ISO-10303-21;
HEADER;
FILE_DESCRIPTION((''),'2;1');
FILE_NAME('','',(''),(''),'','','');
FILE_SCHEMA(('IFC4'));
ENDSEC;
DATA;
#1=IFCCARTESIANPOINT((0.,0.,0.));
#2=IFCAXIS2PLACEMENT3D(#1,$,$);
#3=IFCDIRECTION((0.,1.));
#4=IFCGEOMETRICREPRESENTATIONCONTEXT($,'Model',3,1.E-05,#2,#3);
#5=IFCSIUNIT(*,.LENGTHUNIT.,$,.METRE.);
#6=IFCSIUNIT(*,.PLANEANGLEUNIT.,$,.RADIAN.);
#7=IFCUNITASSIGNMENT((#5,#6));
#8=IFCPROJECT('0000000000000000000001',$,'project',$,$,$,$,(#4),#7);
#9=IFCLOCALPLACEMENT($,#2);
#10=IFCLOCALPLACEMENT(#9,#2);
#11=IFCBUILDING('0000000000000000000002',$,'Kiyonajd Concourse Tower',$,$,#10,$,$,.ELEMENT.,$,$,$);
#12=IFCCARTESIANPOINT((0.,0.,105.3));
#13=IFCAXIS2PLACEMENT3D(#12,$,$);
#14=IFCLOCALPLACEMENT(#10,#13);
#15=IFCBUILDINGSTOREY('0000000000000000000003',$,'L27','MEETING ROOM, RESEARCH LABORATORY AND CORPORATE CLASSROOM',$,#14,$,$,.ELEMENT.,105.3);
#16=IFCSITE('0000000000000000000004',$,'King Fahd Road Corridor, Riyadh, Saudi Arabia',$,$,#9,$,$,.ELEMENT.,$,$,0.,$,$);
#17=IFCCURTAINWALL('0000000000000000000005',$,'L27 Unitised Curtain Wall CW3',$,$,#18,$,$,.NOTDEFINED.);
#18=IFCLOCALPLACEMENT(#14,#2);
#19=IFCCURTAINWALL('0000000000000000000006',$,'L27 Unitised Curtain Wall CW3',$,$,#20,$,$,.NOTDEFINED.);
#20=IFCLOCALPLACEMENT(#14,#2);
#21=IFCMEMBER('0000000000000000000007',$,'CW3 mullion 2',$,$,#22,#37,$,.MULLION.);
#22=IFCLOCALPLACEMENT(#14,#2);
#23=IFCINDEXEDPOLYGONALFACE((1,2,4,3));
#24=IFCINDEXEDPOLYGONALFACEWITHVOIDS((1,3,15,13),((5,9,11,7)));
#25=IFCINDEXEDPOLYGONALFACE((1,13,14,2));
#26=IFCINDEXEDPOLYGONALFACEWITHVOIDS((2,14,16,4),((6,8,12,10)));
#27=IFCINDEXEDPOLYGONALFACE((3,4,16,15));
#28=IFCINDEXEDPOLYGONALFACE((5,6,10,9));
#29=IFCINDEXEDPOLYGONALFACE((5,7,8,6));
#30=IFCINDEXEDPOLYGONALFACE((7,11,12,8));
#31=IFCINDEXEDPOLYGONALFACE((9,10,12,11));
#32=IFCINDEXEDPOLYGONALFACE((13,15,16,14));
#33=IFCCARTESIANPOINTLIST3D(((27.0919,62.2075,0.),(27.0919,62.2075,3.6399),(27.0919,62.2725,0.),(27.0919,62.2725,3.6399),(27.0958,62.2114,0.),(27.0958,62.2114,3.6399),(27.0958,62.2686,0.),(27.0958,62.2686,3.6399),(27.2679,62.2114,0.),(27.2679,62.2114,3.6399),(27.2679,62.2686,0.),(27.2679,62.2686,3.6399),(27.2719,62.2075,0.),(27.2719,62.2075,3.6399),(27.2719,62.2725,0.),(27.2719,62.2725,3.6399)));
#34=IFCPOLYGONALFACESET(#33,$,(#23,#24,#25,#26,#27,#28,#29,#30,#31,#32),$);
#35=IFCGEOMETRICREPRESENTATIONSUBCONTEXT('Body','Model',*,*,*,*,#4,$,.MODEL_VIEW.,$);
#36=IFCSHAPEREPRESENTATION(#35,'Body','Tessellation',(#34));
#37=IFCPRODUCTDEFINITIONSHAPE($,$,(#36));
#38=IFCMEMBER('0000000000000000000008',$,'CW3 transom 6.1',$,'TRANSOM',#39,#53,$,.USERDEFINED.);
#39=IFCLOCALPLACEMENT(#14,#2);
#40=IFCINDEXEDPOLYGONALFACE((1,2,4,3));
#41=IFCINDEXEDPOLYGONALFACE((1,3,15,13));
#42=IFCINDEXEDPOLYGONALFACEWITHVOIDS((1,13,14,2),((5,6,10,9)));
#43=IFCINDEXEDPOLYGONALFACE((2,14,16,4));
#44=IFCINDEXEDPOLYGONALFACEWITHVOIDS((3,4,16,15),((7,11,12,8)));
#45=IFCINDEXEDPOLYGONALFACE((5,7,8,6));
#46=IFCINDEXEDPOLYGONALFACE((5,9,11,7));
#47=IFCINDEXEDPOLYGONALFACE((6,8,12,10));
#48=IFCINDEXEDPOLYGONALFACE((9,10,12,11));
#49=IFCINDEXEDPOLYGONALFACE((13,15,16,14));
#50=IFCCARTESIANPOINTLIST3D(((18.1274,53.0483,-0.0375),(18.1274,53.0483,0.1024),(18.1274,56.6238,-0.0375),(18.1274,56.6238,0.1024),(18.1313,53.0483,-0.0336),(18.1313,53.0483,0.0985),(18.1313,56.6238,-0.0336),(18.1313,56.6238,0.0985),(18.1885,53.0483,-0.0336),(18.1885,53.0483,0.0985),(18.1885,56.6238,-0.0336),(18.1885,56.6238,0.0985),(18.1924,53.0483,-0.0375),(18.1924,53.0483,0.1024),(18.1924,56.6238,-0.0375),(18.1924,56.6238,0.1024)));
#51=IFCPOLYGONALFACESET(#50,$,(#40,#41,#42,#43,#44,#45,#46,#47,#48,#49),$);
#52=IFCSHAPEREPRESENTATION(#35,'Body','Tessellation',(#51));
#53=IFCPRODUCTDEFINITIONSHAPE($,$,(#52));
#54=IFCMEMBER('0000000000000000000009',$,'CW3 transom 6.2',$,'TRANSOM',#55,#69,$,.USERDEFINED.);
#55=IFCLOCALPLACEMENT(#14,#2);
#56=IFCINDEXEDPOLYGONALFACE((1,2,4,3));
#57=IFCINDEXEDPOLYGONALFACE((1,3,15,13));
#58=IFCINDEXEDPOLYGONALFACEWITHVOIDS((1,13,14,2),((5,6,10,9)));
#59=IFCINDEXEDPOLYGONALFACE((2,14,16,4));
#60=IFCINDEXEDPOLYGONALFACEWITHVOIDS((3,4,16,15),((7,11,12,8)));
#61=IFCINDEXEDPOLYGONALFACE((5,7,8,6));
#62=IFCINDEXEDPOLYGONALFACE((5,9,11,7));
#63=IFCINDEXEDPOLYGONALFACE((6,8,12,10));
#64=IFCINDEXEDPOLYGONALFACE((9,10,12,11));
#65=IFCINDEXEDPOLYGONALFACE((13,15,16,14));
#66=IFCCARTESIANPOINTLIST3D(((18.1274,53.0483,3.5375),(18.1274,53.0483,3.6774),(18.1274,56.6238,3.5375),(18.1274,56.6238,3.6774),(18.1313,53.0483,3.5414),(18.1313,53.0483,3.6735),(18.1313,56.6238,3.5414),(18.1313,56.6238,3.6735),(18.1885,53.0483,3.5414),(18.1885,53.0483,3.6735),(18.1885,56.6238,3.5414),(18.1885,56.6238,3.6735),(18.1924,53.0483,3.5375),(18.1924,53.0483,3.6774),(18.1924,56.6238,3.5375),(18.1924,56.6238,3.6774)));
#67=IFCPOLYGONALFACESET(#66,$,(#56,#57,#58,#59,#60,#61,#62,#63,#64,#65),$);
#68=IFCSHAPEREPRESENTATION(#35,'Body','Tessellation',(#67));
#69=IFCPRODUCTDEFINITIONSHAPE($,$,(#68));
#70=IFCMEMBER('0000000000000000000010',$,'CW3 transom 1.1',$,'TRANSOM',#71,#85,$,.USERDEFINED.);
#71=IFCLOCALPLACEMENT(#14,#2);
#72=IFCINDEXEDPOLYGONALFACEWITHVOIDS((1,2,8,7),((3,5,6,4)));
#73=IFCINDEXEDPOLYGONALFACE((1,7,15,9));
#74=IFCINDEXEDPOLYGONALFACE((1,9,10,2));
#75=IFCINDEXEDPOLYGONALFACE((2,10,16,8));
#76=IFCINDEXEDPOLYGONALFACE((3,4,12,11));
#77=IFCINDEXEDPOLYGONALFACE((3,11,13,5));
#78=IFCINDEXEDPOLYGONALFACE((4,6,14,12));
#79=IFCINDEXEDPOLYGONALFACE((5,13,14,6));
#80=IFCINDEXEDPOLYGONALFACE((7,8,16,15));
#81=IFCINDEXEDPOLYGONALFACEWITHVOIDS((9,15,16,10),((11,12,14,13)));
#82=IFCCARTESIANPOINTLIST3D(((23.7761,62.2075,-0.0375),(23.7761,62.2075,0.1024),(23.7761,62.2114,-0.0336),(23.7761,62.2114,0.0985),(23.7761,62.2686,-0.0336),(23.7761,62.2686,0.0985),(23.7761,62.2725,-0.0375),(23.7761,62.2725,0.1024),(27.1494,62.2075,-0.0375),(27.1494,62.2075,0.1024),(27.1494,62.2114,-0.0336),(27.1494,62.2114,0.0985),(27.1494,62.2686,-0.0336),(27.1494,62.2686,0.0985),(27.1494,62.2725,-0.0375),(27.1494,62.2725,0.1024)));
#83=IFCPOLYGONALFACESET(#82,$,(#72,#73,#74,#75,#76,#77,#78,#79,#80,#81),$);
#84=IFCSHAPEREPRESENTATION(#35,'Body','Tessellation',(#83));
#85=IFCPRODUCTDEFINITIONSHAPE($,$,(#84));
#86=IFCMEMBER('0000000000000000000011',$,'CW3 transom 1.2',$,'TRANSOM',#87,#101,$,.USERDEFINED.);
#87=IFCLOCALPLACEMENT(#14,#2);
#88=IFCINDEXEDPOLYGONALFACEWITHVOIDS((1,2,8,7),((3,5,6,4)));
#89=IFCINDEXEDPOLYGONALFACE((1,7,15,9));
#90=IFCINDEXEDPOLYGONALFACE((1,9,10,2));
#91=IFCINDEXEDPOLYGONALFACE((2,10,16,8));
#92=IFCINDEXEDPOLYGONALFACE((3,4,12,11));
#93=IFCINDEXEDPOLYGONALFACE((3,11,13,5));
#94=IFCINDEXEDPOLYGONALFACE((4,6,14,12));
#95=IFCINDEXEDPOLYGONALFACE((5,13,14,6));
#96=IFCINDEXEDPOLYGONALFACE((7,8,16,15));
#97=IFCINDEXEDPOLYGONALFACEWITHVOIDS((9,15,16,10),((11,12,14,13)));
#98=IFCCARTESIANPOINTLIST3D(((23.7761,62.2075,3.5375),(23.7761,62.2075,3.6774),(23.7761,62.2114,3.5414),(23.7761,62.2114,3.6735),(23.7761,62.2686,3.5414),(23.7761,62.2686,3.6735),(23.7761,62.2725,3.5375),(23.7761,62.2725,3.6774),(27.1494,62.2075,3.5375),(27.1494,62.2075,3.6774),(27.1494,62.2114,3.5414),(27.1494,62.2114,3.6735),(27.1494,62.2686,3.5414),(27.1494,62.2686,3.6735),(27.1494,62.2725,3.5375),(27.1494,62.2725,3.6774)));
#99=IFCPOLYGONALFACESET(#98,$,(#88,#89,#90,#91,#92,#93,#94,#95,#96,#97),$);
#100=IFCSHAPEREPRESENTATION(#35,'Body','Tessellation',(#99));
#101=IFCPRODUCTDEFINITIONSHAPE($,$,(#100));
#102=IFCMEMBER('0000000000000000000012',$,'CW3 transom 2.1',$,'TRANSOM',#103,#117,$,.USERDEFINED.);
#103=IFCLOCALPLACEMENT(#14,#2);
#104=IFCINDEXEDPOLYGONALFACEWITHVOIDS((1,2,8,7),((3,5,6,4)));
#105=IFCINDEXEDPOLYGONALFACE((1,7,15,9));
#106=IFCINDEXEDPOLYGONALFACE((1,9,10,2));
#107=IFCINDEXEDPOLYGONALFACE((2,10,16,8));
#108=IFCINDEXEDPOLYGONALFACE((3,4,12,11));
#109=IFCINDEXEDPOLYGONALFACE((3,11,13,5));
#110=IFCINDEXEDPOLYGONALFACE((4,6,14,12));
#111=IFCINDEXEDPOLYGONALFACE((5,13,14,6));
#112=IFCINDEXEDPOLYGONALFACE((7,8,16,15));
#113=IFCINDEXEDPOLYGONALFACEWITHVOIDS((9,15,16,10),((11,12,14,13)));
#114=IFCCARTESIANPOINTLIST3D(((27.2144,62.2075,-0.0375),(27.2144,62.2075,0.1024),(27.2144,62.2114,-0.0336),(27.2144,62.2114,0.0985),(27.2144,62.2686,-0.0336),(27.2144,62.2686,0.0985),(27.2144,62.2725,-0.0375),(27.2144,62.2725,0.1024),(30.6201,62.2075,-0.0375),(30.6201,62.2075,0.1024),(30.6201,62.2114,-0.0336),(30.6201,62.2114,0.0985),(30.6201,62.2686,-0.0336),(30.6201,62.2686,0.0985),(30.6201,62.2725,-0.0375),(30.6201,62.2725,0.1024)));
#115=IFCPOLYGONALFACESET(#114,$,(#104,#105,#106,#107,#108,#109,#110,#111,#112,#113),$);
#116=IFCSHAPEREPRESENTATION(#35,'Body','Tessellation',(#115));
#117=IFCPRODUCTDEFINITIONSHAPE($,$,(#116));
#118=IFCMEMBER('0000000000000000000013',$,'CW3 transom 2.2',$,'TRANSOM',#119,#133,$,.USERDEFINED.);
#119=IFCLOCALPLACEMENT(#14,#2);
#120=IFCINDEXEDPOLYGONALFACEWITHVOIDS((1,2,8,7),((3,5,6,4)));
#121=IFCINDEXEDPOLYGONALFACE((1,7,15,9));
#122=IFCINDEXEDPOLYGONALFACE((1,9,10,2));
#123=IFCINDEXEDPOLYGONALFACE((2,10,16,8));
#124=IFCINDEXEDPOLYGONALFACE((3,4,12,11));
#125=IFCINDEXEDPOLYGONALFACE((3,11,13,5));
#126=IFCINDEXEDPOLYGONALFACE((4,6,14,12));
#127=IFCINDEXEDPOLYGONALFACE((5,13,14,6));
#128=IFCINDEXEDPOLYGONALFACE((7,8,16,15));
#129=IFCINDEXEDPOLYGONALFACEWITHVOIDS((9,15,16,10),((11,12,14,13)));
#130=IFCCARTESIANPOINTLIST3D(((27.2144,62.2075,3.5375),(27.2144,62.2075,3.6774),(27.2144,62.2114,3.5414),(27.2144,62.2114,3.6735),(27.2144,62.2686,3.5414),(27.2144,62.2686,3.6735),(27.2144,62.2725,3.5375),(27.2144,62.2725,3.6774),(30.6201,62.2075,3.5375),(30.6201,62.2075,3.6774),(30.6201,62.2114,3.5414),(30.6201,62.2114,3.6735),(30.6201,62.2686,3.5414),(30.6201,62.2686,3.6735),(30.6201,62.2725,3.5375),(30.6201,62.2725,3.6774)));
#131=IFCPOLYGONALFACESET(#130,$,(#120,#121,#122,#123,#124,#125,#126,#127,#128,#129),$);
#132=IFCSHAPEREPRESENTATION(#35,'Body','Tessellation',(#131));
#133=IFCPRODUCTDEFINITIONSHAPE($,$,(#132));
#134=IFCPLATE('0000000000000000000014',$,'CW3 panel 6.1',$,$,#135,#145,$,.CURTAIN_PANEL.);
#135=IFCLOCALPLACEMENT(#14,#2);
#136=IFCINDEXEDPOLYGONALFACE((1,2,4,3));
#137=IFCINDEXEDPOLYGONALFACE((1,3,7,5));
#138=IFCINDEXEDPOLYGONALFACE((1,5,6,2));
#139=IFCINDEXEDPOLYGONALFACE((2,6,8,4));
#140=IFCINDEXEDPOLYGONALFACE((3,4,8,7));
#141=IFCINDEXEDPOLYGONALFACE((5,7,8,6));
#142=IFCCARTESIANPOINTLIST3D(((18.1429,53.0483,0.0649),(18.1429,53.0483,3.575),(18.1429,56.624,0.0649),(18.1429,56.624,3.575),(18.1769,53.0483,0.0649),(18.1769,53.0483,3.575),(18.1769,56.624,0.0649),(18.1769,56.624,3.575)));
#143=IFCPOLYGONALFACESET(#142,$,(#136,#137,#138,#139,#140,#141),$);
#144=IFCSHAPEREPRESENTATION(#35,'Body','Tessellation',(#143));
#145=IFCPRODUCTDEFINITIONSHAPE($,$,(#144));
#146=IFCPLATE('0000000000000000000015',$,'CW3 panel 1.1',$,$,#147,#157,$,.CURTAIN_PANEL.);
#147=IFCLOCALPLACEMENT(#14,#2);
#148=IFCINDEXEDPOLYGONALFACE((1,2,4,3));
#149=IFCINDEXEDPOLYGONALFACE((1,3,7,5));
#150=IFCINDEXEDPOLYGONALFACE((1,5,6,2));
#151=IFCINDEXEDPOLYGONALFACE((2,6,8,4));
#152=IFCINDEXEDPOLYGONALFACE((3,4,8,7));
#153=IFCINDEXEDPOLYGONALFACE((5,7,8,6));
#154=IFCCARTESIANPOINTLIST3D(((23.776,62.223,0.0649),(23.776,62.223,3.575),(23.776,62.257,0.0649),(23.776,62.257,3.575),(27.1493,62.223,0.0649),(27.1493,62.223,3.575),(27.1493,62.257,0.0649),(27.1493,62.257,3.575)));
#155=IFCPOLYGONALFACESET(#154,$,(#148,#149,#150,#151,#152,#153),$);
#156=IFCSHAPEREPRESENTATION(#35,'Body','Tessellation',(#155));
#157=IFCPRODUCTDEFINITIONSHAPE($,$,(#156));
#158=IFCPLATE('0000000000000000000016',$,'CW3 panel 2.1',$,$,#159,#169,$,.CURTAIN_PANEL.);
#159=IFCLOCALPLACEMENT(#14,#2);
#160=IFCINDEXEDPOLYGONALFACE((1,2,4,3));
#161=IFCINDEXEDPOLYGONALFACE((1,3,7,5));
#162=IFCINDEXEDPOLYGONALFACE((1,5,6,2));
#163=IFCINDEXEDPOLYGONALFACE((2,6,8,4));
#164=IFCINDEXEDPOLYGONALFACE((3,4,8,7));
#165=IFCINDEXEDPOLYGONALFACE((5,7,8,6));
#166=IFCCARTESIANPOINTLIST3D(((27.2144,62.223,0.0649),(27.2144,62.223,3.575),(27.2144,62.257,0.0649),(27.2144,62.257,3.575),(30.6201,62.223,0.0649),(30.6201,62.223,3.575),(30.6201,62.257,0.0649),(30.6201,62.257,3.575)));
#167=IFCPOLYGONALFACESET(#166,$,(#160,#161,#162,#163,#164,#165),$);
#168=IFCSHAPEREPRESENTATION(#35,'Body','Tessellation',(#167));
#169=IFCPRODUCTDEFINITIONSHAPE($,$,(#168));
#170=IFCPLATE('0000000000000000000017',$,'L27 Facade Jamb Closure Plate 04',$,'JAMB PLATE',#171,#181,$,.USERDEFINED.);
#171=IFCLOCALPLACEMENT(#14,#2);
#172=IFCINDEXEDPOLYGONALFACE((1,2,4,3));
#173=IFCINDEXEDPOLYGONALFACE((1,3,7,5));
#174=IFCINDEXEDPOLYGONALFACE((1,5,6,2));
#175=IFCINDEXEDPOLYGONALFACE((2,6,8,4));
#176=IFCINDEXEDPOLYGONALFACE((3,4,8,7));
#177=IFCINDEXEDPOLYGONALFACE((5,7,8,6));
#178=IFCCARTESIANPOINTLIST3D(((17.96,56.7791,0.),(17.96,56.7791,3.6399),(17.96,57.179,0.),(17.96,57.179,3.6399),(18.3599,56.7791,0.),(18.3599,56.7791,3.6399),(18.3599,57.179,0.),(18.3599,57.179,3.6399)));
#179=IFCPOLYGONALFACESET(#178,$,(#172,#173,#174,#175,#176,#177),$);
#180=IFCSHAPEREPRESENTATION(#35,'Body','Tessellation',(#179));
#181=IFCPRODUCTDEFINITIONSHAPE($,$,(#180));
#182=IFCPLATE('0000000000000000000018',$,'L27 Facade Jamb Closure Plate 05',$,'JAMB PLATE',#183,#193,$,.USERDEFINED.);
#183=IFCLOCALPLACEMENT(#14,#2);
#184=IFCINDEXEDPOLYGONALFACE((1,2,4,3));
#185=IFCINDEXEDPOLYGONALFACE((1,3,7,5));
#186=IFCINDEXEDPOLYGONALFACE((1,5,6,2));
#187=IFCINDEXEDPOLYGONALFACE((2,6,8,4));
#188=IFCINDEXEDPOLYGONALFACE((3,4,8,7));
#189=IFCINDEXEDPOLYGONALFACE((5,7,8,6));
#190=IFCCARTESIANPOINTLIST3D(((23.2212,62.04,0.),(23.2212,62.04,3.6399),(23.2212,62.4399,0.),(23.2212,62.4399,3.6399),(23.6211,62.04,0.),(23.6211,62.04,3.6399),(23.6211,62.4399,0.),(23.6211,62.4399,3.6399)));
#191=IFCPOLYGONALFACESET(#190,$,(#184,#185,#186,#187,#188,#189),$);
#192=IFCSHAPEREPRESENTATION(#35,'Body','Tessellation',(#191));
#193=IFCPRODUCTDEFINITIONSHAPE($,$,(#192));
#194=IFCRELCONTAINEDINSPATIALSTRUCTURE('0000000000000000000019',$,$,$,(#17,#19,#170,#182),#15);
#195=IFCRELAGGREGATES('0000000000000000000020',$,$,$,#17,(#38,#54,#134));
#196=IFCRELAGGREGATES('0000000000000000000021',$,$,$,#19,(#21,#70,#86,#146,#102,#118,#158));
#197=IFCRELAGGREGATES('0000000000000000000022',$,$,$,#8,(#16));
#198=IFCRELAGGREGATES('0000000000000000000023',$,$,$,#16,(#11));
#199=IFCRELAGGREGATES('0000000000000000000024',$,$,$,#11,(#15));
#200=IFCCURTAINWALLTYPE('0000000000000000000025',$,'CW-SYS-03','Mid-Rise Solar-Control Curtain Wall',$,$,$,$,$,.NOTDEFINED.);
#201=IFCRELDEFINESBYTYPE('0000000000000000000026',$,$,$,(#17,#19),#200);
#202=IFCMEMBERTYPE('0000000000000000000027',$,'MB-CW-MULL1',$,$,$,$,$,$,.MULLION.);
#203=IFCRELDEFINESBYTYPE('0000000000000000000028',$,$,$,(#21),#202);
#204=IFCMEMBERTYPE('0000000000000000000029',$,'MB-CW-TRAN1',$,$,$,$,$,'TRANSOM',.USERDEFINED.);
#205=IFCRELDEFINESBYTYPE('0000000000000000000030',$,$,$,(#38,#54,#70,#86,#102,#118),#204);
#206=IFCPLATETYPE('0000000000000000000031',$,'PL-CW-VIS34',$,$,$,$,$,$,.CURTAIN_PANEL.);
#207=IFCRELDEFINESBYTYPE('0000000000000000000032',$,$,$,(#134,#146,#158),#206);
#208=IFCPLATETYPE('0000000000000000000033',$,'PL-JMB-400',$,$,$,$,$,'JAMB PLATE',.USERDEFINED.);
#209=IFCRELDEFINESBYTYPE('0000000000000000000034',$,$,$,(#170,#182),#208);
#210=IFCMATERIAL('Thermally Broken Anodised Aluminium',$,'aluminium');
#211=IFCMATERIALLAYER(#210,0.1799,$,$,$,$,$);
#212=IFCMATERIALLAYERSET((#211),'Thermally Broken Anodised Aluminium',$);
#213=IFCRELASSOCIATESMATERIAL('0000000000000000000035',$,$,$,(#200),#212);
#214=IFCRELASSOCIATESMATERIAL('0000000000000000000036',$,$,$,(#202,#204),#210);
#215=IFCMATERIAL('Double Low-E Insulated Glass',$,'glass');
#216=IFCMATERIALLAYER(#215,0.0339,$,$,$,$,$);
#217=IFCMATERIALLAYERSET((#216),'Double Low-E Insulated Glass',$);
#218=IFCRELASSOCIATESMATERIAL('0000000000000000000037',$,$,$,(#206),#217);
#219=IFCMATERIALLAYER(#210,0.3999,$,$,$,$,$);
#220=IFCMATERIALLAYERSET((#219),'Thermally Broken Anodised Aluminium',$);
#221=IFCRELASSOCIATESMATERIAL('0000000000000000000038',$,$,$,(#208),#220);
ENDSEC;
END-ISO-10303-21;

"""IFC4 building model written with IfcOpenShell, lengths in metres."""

from ifc_helpers import new_model, si_unit, direction, frame, origin, origin_2d, place, context, subcontext, project, spatial, rectangle, hollow_rectangle, extrude, material, layer, layer_set, material_profile, profile_set, type_object, element, aggregate, save


model = new_model("IFC4")

# Units and contexts
model_context = context("Model", 3, precision=1e-05, world=origin(), true_north=direction((0.0, 1.0)))
body_context = subcontext(model_context, "Body", "Model", "MODEL_VIEW")
ifc_project = project(units=[si_unit("LENGTHUNIT", "METRE"), si_unit("PLANEANGLEUNIT", "RADIAN")], contexts=[model_context])

# Site, building, storey
site_placement = place(None, origin())
site = spatial("IfcSite", under=ifc_project, at=site_placement, Name="King Fahd Road Corridor, Riyadh, Saudi Arabia", CompositionType="ELEMENT", RefElevation=0.0)
building_placement = place(site_placement, origin())
building = spatial("IfcBuilding", under=site, at=building_placement, Name="Kiyonajd Concourse Tower", CompositionType="ELEMENT")
storey_placement = place(building_placement, frame((0.0, 0.0, 105.3)))
storey = spatial("IfcBuildingStorey", under=building, at=storey_placement, Name="L27", Description="MEETING ROOM, RESEARCH LABORATORY AND CORPORATE CLASSROOM", CompositionType="ELEMENT", Elevation=105.3)

# Curtain walls, member
ifc_material_1 = material(Name="Thermally Broken Anodised Aluminium", Category="aluminium")
ifc_layer_1 = layer(ifc_material_1, 0.1799)
ifc_layer_set_1 = layer_set([ifc_layer_1], Name="Thermally Broken Anodised Aluminium")
curtain_wall_type = type_object("IfcCurtainWallType", Name="CW-SYS-03", Description="Mid-Rise Solar-Control Curtain Wall", PredefinedType="NOTDEFINED", material=ifc_layer_set_1)
curtain_wall_1_placement = place(storey_placement, origin())
curtain_wall_1 = element("IfcCurtainWall", 1, at=curtain_wall_1_placement, inside=storey, type_object=curtain_wall_type, Name="L27 Unitised Curtain Wall CW3", PredefinedType="NOTDEFINED")
ifc_material_profile_1 = material_profile(ifc_material_1, hollow_rectangle(XDim=0.0649, YDim=0.1799, WallThickness=0.0039, at=origin_2d()), Name="MULL-65x180")
ifc_profile_set_1 = profile_set([ifc_material_profile_1], Name="Thermally Broken Anodised Aluminium")
member_type_1 = type_object("IfcMemberType", Name="MB-CW-MULL1", PredefinedType="MULLION", material=ifc_profile_set_1)
curtain_wall_2_placement = place(storey_placement, origin())
curtain_wall_2 = element("IfcCurtainWall", 2, at=curtain_wall_2_placement, inside=storey, type_object=curtain_wall_type, Name="L27 Unitised Curtain Wall CW3", PredefinedType="NOTDEFINED")
member_1_placement = place(storey_placement, frame((27.1819, 62.24, 0.0), z_axis=(0.0, 0.0, 1.0), x_axis=(0.0, 1.0, 0.0)))
member_1 = element("IfcMember", 3, at=member_1_placement, type_object=member_type_1, Name="CW3 mullion 2", PredefinedType="MULLION", context=body_context, shape_type="SweptSolid", body=[
    extrude(hollow_rectangle(XDim=0.0649, YDim=0.1799, WallThickness=0.0039, at=origin_2d()), origin(), (0.0, 0.0, 1.0), 3.6399),
])

# Members
ifc_material_profile_2 = material_profile(ifc_material_1, hollow_rectangle(XDim=0.0649, YDim=0.1399, WallThickness=0.0039, at=origin_2d()), Name="TRAN-65x140")
ifc_profile_set_2 = profile_set([ifc_material_profile_2], Name="Thermally Broken Anodised Aluminium")
member_type_2 = type_object("IfcMemberType", Name="MB-CW-TRAN1", ElementType="TRANSOM", PredefinedType="USERDEFINED", material=ifc_profile_set_2)
member_2_placement = place(storey_placement, frame((18.1599, 53.0483, 0.0325), z_axis=(0.0, 1.0, 0.0), x_axis=(-1.0, 0.0, 0.0)))
member_2 = element("IfcMember", 4, at=member_2_placement, type_object=member_type_2, Name="CW3 transom 6.1", ObjectType="TRANSOM", PredefinedType="USERDEFINED", context=body_context, shape_type="SweptSolid", body=[
    extrude(hollow_rectangle(XDim=0.0649, YDim=0.1399, WallThickness=0.0039, at=origin_2d()), origin(), (0.0, 0.0, 1.0), 3.5754),
])
member_3_placement = place(storey_placement, frame((18.1599, 53.0483, 3.6074), z_axis=(0.0, 1.0, 0.0), x_axis=(-1.0, 0.0, 0.0)))
member_3 = element("IfcMember", 5, at=member_3_placement, type_object=member_type_2, Name="CW3 transom 6.2", ObjectType="TRANSOM", PredefinedType="USERDEFINED", context=body_context, shape_type="SweptSolid", body=[
    extrude(hollow_rectangle(XDim=0.0649, YDim=0.1399, WallThickness=0.0039, at=origin_2d()), origin(), (0.0, 0.0, 1.0), 3.5754),
])
member_4_placement = place(storey_placement, frame((23.7761, 62.24, 0.0325), z_axis=(1.0, 0.0, 0.0), x_axis=(0.0, 1.0, 0.0)))
member_4 = element("IfcMember", 6, at=member_4_placement, type_object=member_type_2, Name="CW3 transom 1.1", ObjectType="TRANSOM", PredefinedType="USERDEFINED", context=body_context, shape_type="SweptSolid", body=[
    extrude(hollow_rectangle(XDim=0.0649, YDim=0.1399, WallThickness=0.0039, at=origin_2d()), origin(), (0.0, 0.0, 1.0), 3.3733),
])
member_5_placement = place(storey_placement, frame((23.7761, 62.24, 3.6074), z_axis=(1.0, 0.0, 0.0), x_axis=(0.0, 1.0, 0.0)))
member_5 = element("IfcMember", 7, at=member_5_placement, type_object=member_type_2, Name="CW3 transom 1.2", ObjectType="TRANSOM", PredefinedType="USERDEFINED", context=body_context, shape_type="SweptSolid", body=[
    extrude(hollow_rectangle(XDim=0.0649, YDim=0.1399, WallThickness=0.0039, at=origin_2d()), origin(), (0.0, 0.0, 1.0), 3.3733),
])
member_6_placement = place(storey_placement, frame((27.2144, 62.24, 0.0325), z_axis=(1.0, 0.0, 0.0), x_axis=(0.0, 1.0, 0.0)))
member_6 = element("IfcMember", 8, at=member_6_placement, type_object=member_type_2, Name="CW3 transom 2.1", ObjectType="TRANSOM", PredefinedType="USERDEFINED", context=body_context, shape_type="SweptSolid", body=[
    extrude(hollow_rectangle(XDim=0.0649, YDim=0.1399, WallThickness=0.0039, at=origin_2d()), origin(), (0.0, 0.0, 1.0), 3.4058),
])
member_7_placement = place(storey_placement, frame((27.2144, 62.24, 3.6074), z_axis=(1.0, 0.0, 0.0), x_axis=(0.0, 1.0, 0.0)))
member_7 = element("IfcMember", 9, at=member_7_placement, type_object=member_type_2, Name="CW3 transom 2.2", ObjectType="TRANSOM", PredefinedType="USERDEFINED", context=body_context, shape_type="SweptSolid", body=[
    extrude(hollow_rectangle(XDim=0.0649, YDim=0.1399, WallThickness=0.0039, at=origin_2d()), origin(), (0.0, 0.0, 1.0), 3.4058),
])

# Plates
ifc_material_2 = material(Name="Double Low-E Insulated Glass", Category="glass")
ifc_layer_2 = layer(ifc_material_2, 0.0339)
ifc_layer_set_2 = layer_set([ifc_layer_2], Name="Double Low-E Insulated Glass")
plate_type_1 = type_object("IfcPlateType", Name="PL-CW-VIS34", PredefinedType="CURTAIN_PANEL", material=ifc_layer_set_2)
plate_1_placement = place(storey_placement, frame((18.1599, 54.8362, 0.0649), z_axis=(0.0, 0.0, 1.0), x_axis=(0.0, 1.0, 0.0)))
plate_1 = element("IfcPlate", 10, at=plate_1_placement, type_object=plate_type_1, Name="CW3 panel 6.1", PredefinedType="CURTAIN_PANEL", context=body_context, shape_type="SweptSolid", body=[
    extrude(rectangle(XDim=3.5757, YDim=0.0339, at=origin_2d()), origin(), (0.0, 0.0, 1.0), 3.51),
])
aggregate(curtain_wall_1, [member_2, member_3, plate_1])
plate_2_placement = place(storey_placement, frame((25.4626, 62.24, 0.0649), z_axis=(0.0, 0.0, 1.0), x_axis=(1.0, 0.0, 0.0)))
plate_2 = element("IfcPlate", 11, at=plate_2_placement, type_object=plate_type_1, Name="CW3 panel 1.1", PredefinedType="CURTAIN_PANEL", context=body_context, shape_type="SweptSolid", body=[
    extrude(rectangle(XDim=3.3733, YDim=0.0339, at=origin_2d()), origin(), (0.0, 0.0, 1.0), 3.51),
])
plate_3_placement = place(storey_placement, frame((28.9172, 62.24, 0.0649), z_axis=(0.0, 0.0, 1.0), x_axis=(1.0, 0.0, 0.0)))
plate_3 = element("IfcPlate", 12, at=plate_3_placement, type_object=plate_type_1, Name="CW3 panel 2.1", PredefinedType="CURTAIN_PANEL", context=body_context, shape_type="SweptSolid", body=[
    extrude(rectangle(XDim=3.4058, YDim=0.0339, at=origin_2d()), origin(), (0.0, 0.0, 1.0), 3.51),
])
aggregate(curtain_wall_2, [member_1, member_4, member_5, plate_2, member_6, member_7, plate_3])

# Plates
ifc_layer_3 = layer(ifc_material_1, 0.3999)
ifc_layer_set_3 = layer_set([ifc_layer_3], Name="Thermally Broken Anodised Aluminium")
plate_type_2 = type_object("IfcPlateType", Name="PL-JMB-400", ElementType="JAMB PLATE", PredefinedType="USERDEFINED", material=ifc_layer_set_3)
for number, where, z_axis, x_axis, name in (
    (13, (18.1599, 56.979, 0.0), (0.0, 0.0, 1.0), (1.0, 0.0, 0.0), "L27 Facade Jamb Closure Plate 04"),
    (14, (23.4211, 62.24, 0.0), (0.0, 0.0, 1.0), (1.0, 0.0, 0.0), "L27 Facade Jamb Closure Plate 05"),
):
    element("IfcPlate", number, at=place(storey_placement, frame(where, z_axis=z_axis, x_axis=x_axis)), inside=storey, type_object=plate_type_2, Name=name, ObjectType="JAMB PLATE", PredefinedType="USERDEFINED", context=body_context, shape_type="SweptSolid", body=[
        extrude(rectangle(XDim=0.3999, YDim=0.3999, at=origin_2d()), origin(), (0.0, 0.0, 1.0), 3.6399),
    ])

save(model, "model.ifc")
